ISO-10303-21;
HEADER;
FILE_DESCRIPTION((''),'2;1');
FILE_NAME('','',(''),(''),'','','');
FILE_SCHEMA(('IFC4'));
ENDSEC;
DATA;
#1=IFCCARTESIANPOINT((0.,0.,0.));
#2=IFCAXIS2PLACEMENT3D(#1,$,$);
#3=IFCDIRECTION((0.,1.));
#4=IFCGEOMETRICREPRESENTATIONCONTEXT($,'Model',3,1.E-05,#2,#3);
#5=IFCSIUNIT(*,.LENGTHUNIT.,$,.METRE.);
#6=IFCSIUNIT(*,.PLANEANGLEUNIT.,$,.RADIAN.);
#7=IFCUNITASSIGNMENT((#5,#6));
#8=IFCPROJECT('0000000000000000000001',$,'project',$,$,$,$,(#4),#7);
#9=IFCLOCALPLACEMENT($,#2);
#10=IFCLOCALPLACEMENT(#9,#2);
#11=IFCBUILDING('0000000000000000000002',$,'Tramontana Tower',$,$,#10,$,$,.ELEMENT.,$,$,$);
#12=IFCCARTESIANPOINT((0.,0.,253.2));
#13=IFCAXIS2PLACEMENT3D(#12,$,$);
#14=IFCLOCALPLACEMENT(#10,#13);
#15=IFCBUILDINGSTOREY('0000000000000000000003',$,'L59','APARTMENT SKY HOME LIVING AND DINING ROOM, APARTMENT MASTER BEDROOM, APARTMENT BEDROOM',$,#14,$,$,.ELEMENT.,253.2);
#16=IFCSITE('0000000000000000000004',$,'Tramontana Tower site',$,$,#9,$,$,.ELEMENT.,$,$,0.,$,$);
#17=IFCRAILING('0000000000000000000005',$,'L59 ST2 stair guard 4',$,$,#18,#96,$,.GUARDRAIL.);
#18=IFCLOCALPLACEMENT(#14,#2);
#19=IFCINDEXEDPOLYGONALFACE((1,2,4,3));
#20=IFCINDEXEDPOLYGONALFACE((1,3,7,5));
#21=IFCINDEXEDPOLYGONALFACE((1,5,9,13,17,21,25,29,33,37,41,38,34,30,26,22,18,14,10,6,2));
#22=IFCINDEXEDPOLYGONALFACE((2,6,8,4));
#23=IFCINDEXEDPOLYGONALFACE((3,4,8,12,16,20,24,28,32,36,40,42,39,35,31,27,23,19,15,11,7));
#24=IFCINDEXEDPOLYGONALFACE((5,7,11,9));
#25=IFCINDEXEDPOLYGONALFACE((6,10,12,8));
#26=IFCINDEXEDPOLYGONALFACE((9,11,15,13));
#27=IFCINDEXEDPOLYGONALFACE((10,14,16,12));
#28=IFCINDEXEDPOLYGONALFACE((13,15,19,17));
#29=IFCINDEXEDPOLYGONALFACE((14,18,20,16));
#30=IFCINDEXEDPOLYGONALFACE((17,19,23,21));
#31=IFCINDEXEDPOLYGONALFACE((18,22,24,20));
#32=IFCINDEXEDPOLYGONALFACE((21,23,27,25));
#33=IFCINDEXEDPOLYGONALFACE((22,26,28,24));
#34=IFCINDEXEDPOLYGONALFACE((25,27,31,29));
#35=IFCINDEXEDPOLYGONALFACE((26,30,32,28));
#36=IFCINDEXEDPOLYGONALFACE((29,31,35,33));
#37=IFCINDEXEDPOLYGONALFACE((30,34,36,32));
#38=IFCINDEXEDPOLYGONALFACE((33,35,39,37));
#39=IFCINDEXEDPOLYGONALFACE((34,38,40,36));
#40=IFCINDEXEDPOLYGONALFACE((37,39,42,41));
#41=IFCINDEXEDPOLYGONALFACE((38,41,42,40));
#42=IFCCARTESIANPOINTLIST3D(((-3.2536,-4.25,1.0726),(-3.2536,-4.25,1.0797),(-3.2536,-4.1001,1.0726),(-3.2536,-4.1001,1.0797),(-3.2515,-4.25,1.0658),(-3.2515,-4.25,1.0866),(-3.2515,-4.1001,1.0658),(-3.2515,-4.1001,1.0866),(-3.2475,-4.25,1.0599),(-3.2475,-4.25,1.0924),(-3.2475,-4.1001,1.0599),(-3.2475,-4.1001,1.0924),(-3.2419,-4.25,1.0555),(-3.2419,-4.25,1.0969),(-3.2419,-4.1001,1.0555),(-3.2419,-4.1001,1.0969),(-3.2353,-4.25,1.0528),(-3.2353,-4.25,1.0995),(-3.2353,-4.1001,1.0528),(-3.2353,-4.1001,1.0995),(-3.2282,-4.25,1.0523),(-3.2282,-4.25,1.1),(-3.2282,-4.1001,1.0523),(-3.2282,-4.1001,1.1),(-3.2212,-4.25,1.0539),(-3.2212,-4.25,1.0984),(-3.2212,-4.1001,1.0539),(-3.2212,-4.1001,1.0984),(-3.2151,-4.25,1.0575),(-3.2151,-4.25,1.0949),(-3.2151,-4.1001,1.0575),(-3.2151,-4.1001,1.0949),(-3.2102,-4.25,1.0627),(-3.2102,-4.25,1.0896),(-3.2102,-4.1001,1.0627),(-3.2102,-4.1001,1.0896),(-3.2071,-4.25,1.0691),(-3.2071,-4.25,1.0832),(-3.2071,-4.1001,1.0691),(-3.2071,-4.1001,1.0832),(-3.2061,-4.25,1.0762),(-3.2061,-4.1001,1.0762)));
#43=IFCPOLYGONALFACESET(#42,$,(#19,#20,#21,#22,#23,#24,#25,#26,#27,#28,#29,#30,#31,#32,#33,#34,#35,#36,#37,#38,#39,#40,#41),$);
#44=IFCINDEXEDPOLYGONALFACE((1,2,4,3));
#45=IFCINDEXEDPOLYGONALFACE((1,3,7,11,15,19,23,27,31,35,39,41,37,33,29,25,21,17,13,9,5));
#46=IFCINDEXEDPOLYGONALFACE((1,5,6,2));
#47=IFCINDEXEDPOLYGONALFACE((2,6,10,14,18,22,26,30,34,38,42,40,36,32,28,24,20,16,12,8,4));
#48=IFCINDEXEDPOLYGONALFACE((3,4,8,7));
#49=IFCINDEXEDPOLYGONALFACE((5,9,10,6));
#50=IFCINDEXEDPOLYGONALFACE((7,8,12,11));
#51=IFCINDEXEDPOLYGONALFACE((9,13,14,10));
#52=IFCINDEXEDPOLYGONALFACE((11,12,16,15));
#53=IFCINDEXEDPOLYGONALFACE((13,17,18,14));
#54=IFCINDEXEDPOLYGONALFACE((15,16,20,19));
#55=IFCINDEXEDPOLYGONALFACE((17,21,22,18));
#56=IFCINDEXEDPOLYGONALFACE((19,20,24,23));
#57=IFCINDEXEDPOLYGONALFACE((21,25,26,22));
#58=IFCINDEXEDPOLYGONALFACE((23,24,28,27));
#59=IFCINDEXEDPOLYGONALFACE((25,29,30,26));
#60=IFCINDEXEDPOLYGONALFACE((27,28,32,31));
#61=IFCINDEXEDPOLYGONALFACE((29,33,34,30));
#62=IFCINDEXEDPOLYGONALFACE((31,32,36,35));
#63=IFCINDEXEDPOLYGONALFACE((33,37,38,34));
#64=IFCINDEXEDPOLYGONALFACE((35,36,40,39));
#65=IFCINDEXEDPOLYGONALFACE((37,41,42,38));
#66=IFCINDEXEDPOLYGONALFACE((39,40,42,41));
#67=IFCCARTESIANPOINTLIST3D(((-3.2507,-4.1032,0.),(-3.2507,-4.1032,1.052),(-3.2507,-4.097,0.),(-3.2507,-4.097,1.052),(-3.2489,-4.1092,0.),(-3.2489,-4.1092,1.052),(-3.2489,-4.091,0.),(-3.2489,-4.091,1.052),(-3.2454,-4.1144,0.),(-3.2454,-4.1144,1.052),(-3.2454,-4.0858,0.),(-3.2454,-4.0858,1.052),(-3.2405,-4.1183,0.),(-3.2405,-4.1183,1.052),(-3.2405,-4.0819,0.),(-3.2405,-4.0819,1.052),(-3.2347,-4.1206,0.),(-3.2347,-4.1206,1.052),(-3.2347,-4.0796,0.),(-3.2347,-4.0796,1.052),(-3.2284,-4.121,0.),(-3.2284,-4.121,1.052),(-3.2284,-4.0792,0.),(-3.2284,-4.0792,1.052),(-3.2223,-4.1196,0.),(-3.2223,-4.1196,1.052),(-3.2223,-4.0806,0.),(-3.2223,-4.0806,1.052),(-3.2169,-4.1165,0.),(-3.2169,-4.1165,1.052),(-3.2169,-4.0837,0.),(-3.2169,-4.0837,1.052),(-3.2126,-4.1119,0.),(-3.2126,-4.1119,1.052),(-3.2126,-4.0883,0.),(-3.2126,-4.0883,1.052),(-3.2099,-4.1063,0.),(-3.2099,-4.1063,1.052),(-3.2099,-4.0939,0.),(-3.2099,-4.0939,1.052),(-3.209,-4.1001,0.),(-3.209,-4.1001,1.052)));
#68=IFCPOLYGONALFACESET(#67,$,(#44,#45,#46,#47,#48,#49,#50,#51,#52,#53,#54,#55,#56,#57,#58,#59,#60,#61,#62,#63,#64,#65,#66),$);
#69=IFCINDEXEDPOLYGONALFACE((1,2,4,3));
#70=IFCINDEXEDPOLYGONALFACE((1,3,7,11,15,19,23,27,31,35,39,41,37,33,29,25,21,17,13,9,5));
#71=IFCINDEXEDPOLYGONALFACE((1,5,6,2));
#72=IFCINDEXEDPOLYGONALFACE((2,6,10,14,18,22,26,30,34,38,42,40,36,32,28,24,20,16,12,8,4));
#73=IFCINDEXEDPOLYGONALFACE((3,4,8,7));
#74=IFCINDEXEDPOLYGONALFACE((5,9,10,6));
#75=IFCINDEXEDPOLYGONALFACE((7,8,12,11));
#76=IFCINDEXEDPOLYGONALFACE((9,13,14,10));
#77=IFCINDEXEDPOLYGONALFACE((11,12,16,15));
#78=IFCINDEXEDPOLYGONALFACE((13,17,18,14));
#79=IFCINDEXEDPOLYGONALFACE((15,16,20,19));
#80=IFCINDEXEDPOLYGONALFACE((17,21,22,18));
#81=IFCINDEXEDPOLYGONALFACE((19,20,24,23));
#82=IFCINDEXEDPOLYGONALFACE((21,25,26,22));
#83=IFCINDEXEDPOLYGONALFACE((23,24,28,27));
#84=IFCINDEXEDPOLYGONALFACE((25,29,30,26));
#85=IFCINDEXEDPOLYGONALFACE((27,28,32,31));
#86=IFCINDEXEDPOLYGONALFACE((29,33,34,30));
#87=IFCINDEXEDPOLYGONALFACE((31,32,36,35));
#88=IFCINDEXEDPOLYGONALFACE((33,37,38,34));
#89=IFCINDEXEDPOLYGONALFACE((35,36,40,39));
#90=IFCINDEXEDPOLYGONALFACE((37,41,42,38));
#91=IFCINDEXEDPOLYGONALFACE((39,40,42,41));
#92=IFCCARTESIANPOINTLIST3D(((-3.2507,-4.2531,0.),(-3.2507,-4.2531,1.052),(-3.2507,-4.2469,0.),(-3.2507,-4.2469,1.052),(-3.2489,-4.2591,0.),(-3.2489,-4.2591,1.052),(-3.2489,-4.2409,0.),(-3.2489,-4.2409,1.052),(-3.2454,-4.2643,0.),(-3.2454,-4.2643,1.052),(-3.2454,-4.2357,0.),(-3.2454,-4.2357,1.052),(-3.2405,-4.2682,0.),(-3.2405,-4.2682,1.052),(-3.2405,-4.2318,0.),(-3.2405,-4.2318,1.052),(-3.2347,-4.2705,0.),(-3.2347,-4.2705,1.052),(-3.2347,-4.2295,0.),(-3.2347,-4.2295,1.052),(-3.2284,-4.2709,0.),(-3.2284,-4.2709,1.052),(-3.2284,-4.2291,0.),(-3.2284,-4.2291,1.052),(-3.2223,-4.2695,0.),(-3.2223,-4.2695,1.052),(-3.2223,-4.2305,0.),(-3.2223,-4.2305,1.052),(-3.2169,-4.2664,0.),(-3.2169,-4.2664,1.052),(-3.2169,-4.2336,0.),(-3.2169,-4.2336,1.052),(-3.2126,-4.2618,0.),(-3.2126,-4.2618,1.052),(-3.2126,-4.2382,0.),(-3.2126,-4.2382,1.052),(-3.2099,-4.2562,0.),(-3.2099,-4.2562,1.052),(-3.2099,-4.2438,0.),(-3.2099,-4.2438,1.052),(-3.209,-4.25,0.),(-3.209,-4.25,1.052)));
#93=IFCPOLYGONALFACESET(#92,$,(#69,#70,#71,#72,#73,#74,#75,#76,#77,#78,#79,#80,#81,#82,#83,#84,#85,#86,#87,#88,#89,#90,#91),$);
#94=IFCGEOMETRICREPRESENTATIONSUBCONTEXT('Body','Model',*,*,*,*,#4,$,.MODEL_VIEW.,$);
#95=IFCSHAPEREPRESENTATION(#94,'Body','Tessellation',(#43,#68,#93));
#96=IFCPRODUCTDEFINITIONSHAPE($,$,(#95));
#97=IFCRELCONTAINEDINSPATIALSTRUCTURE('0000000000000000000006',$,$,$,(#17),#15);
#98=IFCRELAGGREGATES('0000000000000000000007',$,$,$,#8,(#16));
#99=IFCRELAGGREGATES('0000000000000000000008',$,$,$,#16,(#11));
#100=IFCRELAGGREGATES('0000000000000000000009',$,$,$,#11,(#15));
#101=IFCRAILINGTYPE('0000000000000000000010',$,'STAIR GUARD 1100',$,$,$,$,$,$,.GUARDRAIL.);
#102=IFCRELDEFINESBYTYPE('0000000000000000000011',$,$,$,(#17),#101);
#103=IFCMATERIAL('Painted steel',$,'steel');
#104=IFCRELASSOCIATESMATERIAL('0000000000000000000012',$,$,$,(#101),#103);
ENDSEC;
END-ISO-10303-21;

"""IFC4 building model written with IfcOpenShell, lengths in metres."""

from ifc_helpers import new_model, si_unit, direction, frame, origin, origin_2d, place, context, subcontext, project, spatial, circle, extrude, material, type_object, element, save


model = new_model("IFC4")

# Units and contexts
model_context = context("Model", 3, precision=1e-05, world=origin(), true_north=direction((0.0, 1.0)))
body_context = subcontext(model_context, "Body", "Model", "MODEL_VIEW")
ifc_project = project(units=[si_unit("LENGTHUNIT", "METRE"), si_unit("PLANEANGLEUNIT", "RADIAN")], contexts=[model_context])

# Site, building, storey
site_placement = place(None, origin())
site = spatial("IfcSite", under=ifc_project, at=site_placement, Name="Tramontana Tower site", CompositionType="ELEMENT", RefElevation=0.0)
building_placement = place(site_placement, origin())
building = spatial("IfcBuilding", under=site, at=building_placement, Name="Tramontana Tower", CompositionType="ELEMENT")
storey_placement = place(building_placement, frame((0.0, 0.0, 253.2)))
storey = spatial("IfcBuildingStorey", under=building, at=storey_placement, Name="L59", Description="APARTMENT SKY HOME LIVING AND DINING ROOM, APARTMENT MASTER BEDROOM, APARTMENT BEDROOM", CompositionType="ELEMENT", Elevation=253.2)

# Railing
ifc_material_1 = material(Name="Painted steel", Category="steel")
railing_type_1 = type_object("IfcRailingType", Name="STAIR GUARD 1100", PredefinedType="GUARDRAIL", material=ifc_material_1)
railing_1_placement = place(storey_placement, frame((-3.23, -4.1001, 0.0)))
element("IfcRailing", 1, at=railing_1_placement, inside=storey, type_object=railing_type_1, Name="L59 ST2 stair guard 4", PredefinedType="GUARDRAIL", context=body_context, shape_type="SweptSolid", body=[
    extrude(circle(Radius=0.0239, at=origin_2d()), frame((0.0, 0.0, 1.0762), z_axis=(0.0, -1.0, 0.0), x_axis=(1.0, 0.0, 0.0)), (0.0, 0.0, 1.0), 0.1499),
    extrude(circle(Radius=0.021, at=origin_2d()), origin(), (0.0, 0.0, 1.0), 1.052),
    extrude(circle(Radius=0.021, at=origin_2d()), frame((0.0, -0.1499, 0.0)), (0.0, 0.0, 1.0), 1.052),
])

save(model, "model.ifc")
